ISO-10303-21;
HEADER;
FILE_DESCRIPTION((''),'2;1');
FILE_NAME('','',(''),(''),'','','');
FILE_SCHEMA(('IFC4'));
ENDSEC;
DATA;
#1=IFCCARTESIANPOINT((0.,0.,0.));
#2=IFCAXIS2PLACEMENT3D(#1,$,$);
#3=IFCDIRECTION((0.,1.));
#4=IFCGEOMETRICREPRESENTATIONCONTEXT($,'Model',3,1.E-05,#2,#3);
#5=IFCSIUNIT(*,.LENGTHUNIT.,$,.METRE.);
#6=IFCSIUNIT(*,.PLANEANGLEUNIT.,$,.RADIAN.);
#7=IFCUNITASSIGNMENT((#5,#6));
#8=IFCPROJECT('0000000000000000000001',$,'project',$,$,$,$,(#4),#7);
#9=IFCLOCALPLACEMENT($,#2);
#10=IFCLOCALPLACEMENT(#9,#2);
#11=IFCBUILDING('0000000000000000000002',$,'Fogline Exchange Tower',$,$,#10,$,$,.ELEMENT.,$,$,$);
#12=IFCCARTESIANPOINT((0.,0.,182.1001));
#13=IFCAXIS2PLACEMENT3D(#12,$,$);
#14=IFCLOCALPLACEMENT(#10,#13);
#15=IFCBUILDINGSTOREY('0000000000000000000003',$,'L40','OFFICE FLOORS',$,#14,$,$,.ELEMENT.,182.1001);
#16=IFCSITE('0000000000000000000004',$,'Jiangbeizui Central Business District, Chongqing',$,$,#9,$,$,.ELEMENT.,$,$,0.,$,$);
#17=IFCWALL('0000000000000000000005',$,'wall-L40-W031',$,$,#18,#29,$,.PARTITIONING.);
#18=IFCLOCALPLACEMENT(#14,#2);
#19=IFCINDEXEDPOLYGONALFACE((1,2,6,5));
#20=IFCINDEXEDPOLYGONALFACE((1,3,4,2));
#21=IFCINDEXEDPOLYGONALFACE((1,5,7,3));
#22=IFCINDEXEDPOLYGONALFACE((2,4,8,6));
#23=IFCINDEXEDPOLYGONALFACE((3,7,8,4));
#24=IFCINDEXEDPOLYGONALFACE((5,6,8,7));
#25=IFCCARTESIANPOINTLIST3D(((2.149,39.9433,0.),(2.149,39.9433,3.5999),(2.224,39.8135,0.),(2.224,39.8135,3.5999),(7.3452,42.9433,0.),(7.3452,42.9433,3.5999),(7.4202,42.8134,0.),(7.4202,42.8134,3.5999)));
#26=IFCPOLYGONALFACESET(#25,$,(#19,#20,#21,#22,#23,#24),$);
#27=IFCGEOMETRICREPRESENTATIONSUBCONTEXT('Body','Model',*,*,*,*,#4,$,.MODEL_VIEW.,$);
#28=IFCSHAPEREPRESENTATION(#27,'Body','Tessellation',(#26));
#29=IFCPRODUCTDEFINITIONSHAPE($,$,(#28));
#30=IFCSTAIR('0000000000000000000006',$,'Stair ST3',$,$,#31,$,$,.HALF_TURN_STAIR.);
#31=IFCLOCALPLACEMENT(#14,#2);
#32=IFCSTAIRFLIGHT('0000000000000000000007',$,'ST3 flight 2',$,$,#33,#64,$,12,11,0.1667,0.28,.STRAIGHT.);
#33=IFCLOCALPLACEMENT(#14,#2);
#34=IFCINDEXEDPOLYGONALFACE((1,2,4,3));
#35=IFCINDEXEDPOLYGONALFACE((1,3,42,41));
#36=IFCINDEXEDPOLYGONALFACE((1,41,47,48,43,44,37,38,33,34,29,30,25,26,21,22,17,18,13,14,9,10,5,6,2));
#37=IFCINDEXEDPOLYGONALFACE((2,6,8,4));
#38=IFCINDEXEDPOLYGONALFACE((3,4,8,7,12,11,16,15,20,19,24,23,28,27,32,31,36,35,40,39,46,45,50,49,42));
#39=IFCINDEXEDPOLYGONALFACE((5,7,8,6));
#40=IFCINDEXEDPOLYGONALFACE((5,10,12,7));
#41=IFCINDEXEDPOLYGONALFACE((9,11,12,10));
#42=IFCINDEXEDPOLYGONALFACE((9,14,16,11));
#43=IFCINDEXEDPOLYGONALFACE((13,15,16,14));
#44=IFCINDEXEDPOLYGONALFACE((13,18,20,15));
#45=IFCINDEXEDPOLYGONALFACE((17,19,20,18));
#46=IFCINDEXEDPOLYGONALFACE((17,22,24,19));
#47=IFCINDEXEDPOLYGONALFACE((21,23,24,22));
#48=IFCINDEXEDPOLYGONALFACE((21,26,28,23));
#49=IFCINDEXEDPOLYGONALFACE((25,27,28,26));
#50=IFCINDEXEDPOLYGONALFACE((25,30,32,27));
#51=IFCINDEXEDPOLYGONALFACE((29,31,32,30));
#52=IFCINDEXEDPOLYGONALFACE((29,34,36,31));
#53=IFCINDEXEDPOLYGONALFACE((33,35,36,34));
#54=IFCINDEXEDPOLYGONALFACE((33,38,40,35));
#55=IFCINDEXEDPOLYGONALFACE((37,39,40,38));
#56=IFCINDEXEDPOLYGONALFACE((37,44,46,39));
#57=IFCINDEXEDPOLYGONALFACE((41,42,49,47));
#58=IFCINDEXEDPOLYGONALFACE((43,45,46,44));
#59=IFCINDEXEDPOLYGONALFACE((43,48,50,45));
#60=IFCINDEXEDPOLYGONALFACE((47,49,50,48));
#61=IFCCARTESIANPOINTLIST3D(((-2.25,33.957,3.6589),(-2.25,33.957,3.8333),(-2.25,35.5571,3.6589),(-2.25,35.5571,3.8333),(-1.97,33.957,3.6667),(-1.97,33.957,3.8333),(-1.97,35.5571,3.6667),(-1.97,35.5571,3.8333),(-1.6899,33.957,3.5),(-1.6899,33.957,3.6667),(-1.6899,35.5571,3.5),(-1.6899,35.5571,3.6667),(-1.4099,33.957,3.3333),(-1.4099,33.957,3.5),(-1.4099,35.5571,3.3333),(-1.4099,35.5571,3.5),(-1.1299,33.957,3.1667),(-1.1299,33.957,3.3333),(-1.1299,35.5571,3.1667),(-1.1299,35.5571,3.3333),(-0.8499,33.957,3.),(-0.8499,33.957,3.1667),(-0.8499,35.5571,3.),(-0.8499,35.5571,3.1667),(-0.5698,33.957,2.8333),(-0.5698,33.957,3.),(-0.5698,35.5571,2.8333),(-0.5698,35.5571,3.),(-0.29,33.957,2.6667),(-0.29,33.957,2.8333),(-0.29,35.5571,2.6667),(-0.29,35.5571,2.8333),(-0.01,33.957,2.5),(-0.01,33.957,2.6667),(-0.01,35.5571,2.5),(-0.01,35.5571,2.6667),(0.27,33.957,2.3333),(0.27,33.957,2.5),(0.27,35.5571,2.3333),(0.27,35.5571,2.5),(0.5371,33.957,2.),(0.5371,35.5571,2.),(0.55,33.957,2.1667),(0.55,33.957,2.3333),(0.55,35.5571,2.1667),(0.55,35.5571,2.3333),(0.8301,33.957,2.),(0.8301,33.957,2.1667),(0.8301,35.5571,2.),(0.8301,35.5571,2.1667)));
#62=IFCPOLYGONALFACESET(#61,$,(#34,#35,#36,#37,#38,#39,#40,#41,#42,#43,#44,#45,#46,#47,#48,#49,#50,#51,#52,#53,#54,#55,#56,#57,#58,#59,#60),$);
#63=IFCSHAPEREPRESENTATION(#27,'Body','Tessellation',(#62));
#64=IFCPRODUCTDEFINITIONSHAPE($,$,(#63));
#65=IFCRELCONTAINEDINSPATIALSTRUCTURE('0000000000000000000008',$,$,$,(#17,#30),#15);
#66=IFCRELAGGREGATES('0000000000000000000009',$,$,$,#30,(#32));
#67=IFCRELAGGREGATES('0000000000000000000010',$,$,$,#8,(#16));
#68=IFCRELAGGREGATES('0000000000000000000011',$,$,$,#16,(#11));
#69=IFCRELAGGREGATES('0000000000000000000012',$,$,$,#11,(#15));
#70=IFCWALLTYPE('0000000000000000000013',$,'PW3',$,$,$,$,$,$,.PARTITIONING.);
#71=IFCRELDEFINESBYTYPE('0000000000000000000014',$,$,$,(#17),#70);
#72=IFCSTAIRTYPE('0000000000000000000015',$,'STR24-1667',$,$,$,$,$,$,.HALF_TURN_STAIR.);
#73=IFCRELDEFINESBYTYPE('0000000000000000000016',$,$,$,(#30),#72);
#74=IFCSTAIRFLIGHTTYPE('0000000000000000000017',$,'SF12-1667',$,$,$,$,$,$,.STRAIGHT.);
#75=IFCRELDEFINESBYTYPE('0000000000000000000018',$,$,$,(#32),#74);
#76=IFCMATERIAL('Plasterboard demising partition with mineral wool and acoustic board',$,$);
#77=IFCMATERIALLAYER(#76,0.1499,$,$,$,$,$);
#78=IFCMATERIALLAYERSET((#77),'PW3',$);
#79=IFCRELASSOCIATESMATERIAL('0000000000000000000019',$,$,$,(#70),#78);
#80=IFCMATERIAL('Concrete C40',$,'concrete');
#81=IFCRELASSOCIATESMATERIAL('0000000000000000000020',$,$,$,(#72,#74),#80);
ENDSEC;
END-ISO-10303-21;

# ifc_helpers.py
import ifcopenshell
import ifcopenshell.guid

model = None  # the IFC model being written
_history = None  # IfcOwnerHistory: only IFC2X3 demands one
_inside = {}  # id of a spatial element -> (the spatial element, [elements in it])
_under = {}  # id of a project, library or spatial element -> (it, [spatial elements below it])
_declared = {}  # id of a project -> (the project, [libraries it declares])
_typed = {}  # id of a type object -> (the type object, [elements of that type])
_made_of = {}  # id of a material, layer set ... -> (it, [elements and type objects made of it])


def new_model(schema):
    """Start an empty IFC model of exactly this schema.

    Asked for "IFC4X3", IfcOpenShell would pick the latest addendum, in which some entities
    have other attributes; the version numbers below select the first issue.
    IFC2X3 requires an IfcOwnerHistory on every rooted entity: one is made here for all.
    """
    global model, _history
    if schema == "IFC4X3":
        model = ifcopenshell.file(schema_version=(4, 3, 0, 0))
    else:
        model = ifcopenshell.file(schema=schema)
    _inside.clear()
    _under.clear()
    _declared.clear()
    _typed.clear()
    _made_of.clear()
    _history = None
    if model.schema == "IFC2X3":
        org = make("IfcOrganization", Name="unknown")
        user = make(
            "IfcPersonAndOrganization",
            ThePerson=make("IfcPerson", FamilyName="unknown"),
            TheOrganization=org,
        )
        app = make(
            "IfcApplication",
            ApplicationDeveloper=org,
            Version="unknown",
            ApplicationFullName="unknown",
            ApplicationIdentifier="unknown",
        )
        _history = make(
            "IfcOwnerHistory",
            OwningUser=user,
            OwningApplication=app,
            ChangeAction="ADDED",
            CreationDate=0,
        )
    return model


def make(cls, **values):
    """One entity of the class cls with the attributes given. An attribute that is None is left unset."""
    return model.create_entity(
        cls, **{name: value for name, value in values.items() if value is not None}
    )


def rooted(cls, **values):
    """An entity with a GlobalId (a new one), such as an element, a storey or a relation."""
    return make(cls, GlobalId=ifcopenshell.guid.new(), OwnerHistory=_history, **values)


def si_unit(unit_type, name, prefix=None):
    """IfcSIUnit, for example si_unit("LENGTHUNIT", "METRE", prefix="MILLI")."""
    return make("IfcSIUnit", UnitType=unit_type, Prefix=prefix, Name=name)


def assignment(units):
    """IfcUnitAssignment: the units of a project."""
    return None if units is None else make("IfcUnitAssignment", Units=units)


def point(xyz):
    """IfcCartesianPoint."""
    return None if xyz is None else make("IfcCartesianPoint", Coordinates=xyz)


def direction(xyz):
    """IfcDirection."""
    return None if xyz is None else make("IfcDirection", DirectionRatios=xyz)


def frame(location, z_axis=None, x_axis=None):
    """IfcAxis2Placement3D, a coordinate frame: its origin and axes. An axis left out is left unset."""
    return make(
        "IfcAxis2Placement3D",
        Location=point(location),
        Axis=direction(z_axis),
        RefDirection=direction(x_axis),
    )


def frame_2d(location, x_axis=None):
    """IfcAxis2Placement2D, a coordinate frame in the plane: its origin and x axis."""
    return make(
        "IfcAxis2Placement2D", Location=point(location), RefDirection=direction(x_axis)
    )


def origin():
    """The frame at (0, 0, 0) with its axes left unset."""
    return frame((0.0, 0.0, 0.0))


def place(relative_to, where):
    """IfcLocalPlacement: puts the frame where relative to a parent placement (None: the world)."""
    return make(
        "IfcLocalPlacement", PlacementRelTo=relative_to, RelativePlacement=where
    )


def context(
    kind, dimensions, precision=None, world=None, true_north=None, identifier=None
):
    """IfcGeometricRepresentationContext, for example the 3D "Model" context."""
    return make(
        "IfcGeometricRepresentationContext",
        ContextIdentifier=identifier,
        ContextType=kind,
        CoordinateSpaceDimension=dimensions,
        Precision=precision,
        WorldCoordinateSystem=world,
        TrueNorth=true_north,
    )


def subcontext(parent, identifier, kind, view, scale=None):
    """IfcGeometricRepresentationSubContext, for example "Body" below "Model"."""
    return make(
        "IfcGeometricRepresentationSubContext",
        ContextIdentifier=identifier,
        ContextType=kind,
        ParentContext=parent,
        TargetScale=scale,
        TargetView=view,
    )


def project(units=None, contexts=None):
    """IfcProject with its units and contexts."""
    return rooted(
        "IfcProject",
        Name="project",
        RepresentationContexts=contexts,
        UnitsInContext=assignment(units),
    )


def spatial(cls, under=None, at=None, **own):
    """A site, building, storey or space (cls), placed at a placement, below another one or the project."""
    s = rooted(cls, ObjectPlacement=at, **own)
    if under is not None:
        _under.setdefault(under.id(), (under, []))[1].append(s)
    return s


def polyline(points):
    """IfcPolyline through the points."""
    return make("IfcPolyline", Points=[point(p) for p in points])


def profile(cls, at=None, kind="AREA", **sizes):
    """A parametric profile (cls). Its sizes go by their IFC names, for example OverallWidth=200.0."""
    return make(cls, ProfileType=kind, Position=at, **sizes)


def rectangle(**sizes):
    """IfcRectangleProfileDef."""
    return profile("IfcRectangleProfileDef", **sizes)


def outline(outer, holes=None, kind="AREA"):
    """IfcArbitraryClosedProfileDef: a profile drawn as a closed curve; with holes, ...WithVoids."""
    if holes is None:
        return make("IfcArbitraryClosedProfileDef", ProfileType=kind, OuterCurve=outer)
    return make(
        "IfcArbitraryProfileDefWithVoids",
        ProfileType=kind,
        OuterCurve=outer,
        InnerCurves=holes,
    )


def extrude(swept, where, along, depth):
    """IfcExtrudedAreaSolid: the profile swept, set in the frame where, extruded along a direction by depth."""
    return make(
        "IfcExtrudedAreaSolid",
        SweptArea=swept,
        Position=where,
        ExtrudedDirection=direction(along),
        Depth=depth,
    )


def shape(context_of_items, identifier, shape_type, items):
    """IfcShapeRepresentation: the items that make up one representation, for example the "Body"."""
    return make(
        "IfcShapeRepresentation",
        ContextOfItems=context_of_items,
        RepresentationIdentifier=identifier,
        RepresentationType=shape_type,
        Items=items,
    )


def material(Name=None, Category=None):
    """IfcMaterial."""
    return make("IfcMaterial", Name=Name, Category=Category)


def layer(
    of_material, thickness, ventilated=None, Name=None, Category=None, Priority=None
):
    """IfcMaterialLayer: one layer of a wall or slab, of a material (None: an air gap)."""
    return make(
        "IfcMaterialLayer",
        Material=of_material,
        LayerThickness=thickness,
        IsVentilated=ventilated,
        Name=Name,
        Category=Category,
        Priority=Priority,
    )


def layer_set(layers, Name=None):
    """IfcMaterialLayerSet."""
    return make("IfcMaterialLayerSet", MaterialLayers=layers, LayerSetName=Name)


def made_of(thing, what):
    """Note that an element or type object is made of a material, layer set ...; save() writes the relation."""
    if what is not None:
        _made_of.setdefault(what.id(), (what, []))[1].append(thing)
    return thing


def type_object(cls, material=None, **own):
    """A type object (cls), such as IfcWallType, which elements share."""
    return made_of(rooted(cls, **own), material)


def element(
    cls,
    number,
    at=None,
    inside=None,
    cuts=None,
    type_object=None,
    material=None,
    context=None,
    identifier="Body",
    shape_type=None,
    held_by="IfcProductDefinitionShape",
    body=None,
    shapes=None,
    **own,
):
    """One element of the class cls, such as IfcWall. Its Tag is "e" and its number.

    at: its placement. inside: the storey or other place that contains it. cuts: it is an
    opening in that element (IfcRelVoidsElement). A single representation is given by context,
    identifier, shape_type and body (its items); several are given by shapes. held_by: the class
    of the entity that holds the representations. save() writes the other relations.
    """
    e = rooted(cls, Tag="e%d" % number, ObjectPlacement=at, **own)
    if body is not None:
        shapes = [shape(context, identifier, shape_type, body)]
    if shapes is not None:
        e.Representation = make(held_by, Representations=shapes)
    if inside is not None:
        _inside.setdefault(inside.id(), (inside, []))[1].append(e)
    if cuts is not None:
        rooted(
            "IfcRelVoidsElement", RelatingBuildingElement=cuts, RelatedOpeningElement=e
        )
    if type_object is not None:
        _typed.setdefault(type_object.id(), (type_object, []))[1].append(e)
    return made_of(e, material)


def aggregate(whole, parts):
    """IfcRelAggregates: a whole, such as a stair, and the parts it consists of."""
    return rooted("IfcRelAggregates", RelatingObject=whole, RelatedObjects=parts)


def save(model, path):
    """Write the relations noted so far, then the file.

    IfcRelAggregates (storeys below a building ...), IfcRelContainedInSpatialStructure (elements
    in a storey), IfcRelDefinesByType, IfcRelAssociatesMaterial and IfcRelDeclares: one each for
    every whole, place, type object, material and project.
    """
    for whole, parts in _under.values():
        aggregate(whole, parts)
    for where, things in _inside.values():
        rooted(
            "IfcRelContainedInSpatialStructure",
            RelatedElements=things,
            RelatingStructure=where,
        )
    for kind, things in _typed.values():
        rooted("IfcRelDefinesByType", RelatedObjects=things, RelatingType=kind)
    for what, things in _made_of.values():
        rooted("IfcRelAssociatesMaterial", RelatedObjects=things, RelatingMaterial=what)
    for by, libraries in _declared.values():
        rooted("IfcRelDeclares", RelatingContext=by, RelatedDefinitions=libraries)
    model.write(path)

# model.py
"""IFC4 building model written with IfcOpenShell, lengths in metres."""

from ifc_helpers import new_model, si_unit, direction, frame, frame_2d, origin, place, context, subcontext, project, spatial, polyline, rectangle, outline, extrude, material, layer, layer_set, type_object, element, aggregate, save


model = new_model("IFC4")

# Units and contexts
model_context = context("Model", 3, precision=1e-05, world=origin(), true_north=direction((0.0, 1.0)))
body_context = subcontext(model_context, "Body", "Model", "MODEL_VIEW")
ifc_project = project(units=[si_unit("LENGTHUNIT", "METRE"), si_unit("PLANEANGLEUNIT", "RADIAN")], contexts=[model_context])

# Site, building, storey
site_placement = place(None, origin())
site = spatial("IfcSite", under=ifc_project, at=site_placement, Name="Jiangbeizui Central Business District, Chongqing", CompositionType="ELEMENT", RefElevation=0.0)
building_placement = place(site_placement, origin())
building = spatial("IfcBuilding", under=site, at=building_placement, Name="Fogline Exchange Tower", CompositionType="ELEMENT")
storey_placement = place(building_placement, frame((0.0, 0.0, 182.1001)))
storey = spatial("IfcBuildingStorey", under=building, at=storey_placement, Name="L40", Description="OFFICE FLOORS", CompositionType="ELEMENT", Elevation=182.1001)

# Shared definitions
ifc_material_1 = material(Name="Concrete C40", Category="concrete")

# Shared definitions
ifc_material_2 = material(Name="Plasterboard demising partition with mineral wool and acoustic board")
ifc_layer_1 = layer(ifc_material_2, 0.1499)
ifc_layer_set_1 = layer_set([ifc_layer_1], Name="PW3")
wall_type_1 = type_object("IfcWallType", Name="PW3", PredefinedType="PARTITIONING", material=ifc_layer_set_1)

# Wall
wall_1_placement = place(storey_placement, frame((2.1865, 39.8784, 0.0), z_axis=(0.0, 0.0, 1.0), x_axis=(0.866031, 0.49999, 0.0)))
element("IfcWall", 1, at=wall_1_placement, inside=storey, type_object=wall_type_1, Name="wall-L40-W031", PredefinedType="PARTITIONING", context=body_context, shape_type="SweptSolid", body=[
    extrude(rectangle(XDim=6.0, YDim=0.1499, at=frame_2d((3.0, 0.0))), origin(), (0.0, 0.0, 1.0), 3.5999),
])

# Stair, stair flight
stair_type = type_object("IfcStairType", Name="STR24-1667", PredefinedType="HALF_TURN_STAIR", material=ifc_material_1)
stair_placement = place(storey_placement, origin())
stair = element("IfcStair", 2, at=stair_placement, inside=storey, type_object=stair_type, Name="Stair ST3", PredefinedType="HALF_TURN_STAIR")
stair_flight_type = type_object("IfcStairFlightType", Name="SF12-1667", PredefinedType="STRAIGHT", material=ifc_material_1)
stair_flight_placement = place(storey_placement, frame((0.8301, 34.7571, 2.0), z_axis=(0.0, 0.0, 1.0), x_axis=(-1.0, 0.0, 0.0)))
stair_flight = element("IfcStairFlight", 3, at=stair_flight_placement, type_object=stair_flight_type, Name="ST3 flight 2", NumberOfRisers=12, NumberOfTreads=11, PredefinedType="STRAIGHT", RiserHeight=0.1667, TreadLength=0.28, context=body_context, shape_type="SweptSolid", body=[
    extrude(outline(polyline([(0.0, 0.0), (0.0, 0.1667), (0.28, 0.1667), (0.28, 0.3333), (0.5601, 0.3333), (0.5601, 0.5), (0.8401, 0.5), (0.8401, 0.6667), (1.1201, 0.6667), (1.1201, 0.8333), (1.3999, 0.8333), (1.3999, 1.0), (1.6799, 1.0), (1.6799, 1.1667), (1.96, 1.1667), (1.96, 1.3333), (2.24, 1.3333), (2.24, 1.5), (2.52, 1.5), (2.52, 1.6667), (2.8, 1.6667), (2.8, 1.8333), (3.0801, 1.8333), (3.0801, 2.0), (3.0801, 1.6589), (0.293, 0.0), (0.0, 0.0)])), frame((0.0, 0.8, 0.0), z_axis=(0.0, -1.0, 0.0), x_axis=(1.0, 0.0, 0.0)), (0.0, 0.0, 1.0), 1.6001),
])
aggregate(stair, [stair_flight])

save(model, "model.ifc")
